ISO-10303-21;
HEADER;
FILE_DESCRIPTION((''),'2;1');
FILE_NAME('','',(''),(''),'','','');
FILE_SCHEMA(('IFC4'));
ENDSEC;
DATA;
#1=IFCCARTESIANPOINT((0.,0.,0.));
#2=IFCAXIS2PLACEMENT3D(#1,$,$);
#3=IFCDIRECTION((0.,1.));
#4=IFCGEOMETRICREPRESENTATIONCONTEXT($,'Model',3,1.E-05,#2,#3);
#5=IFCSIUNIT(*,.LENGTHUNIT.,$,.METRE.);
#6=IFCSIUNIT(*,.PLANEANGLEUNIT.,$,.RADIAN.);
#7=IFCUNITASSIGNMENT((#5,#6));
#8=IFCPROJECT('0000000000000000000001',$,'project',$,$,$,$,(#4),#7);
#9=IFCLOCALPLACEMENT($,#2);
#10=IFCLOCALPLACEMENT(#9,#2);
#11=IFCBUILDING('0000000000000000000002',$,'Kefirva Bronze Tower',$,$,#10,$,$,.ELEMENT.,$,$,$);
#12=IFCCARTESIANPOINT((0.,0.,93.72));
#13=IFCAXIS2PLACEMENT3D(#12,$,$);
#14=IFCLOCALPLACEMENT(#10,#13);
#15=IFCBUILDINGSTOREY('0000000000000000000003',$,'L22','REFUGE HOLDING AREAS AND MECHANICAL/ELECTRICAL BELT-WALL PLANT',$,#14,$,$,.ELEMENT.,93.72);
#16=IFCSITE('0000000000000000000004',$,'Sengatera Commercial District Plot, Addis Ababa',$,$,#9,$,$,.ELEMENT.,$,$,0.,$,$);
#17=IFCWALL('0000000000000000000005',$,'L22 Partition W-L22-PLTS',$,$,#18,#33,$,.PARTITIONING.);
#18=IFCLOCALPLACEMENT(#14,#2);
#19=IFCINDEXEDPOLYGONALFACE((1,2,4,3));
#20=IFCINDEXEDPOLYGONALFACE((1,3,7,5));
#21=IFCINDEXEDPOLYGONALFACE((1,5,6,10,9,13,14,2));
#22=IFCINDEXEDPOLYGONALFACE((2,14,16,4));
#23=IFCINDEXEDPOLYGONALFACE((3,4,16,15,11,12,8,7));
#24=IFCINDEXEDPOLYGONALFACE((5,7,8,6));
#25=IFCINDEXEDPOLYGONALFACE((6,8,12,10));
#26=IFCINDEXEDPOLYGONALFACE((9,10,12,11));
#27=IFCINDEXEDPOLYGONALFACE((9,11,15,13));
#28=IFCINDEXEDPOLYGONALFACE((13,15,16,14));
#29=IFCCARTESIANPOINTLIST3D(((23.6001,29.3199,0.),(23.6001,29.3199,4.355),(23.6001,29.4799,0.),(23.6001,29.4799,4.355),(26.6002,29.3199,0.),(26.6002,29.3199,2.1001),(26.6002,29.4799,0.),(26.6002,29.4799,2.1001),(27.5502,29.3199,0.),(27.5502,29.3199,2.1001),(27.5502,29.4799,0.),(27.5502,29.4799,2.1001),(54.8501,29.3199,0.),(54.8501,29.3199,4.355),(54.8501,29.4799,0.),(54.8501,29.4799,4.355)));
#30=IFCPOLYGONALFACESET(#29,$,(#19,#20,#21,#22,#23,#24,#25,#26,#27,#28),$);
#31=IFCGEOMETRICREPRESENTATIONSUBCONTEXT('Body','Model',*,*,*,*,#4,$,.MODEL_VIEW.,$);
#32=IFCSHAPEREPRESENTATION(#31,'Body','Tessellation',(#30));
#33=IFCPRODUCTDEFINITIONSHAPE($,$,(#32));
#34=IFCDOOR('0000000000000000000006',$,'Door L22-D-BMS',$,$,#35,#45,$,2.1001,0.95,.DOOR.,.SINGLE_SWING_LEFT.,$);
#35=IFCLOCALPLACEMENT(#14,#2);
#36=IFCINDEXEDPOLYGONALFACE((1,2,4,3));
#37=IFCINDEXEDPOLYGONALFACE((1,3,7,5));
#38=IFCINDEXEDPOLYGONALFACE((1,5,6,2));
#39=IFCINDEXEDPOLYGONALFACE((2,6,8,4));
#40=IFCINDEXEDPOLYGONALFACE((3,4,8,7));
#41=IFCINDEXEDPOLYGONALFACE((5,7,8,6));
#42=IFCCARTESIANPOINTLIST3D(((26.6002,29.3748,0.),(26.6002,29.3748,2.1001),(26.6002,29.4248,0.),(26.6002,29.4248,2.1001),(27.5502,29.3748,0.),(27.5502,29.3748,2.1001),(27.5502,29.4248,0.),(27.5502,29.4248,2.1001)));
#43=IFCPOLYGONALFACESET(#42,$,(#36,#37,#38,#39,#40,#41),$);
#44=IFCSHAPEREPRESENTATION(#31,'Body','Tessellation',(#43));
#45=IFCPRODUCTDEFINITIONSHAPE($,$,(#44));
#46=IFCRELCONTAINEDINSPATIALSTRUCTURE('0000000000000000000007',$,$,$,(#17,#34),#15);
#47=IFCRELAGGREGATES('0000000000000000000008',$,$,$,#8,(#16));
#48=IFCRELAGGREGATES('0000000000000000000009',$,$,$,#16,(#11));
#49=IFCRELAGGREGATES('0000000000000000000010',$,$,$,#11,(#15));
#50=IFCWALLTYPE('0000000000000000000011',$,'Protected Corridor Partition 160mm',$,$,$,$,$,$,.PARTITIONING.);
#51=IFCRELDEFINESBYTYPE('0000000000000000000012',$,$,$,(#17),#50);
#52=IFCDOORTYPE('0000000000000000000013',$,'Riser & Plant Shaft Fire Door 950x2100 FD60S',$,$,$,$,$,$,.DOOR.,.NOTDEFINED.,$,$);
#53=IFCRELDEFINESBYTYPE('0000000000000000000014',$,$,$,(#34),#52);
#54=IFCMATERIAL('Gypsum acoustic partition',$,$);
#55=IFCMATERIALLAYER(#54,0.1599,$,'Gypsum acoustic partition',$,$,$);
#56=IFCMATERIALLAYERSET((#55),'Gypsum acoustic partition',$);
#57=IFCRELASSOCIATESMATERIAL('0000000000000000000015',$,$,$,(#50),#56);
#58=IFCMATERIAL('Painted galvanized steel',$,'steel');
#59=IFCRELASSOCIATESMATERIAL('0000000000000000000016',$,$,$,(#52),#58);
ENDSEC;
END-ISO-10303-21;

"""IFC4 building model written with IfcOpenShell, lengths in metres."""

from ifc_helpers import new_model, si_unit, direction, frame, frame_2d, origin, place, context, subcontext, project, spatial, rectangle, extrude, material, layer, layer_set, type_object, element, fill, save


model = new_model("IFC4")

# Units and contexts
model_context = context("Model", 3, precision=1e-05, world=origin(), true_north=direction((0.0, 1.0)))
body_context = subcontext(model_context, "Body", "Model", "MODEL_VIEW")
ifc_project = project(units=[si_unit("LENGTHUNIT", "METRE"), si_unit("PLANEANGLEUNIT", "RADIAN")], contexts=[model_context])

# Site, building, storey
site_placement = place(None, origin())
site = spatial("IfcSite", under=ifc_project, at=site_placement, Name="Sengatera Commercial District Plot, Addis Ababa", CompositionType="ELEMENT", RefElevation=0.0)
building_placement = place(site_placement, origin())
building = spatial("IfcBuilding", under=site, at=building_placement, Name="Kefirva Bronze Tower", CompositionType="ELEMENT")
storey_placement = place(building_placement, frame((0.0, 0.0, 93.72)))
storey = spatial("IfcBuildingStorey", under=building, at=storey_placement, Name="L22", Description="REFUGE HOLDING AREAS AND MECHANICAL/ELECTRICAL BELT-WALL PLANT", CompositionType="ELEMENT", Elevation=93.72)

# Shared definitions
ifc_material_1 = material(Name="Gypsum acoustic partition")
ifc_layer_1 = layer(ifc_material_1, 0.1599, Name="Gypsum acoustic partition")
ifc_layer_set_1 = layer_set([ifc_layer_1], Name="Gypsum acoustic partition")
wall_type = type_object("IfcWallType", Name="Protected Corridor Partition 160mm", PredefinedType="PARTITIONING", material=ifc_layer_set_1)
ifc_material_2 = material(Name="Painted galvanized steel", Category="steel")
door_type = type_object("IfcDoorType", Name="Riser & Plant Shaft Fire Door 950x2100 FD60S", OperationType="NOTDEFINED", PredefinedType="DOOR", material=ifc_material_2)

# Wall, opening, door
wall_1_placement = place(storey_placement, frame((23.6001, 29.3999, 0.0), z_axis=(0.0, 0.0, 1.0), x_axis=(1.0, 0.0, 0.0)))
wall_1 = element("IfcWall", 1, at=wall_1_placement, inside=storey, type_object=wall_type, Name="L22 Partition W-L22-PLTS", PredefinedType="PARTITIONING", context=body_context, shape_type="SweptSolid", body=[
    extrude(rectangle(XDim=31.25, YDim=0.1599, at=frame_2d((15.625, 0.0))), origin(), (0.0, 0.0, 1.0), 4.355),
])
opening_1_placement = place(wall_1_placement, frame((3.0, 0.0, 0.0)))
opening_1 = element("IfcOpeningElement", 2, at=opening_1_placement, cuts=wall_1, PredefinedType="OPENING", context=body_context, shape_type="SweptSolid", body=[
    extrude(rectangle(XDim=0.95, YDim=2.1001, at=frame_2d((0.4751, 1.05))), frame((0.0, 0.0898, 0.0), z_axis=(0.0, -1.0, 0.0), x_axis=(1.0, 0.0, 0.0)), (0.0, 0.0, 1.0), 0.1799),
])
door_1_placement = place(opening_1_placement, origin())
door_1 = element("IfcDoor", 3, at=door_1_placement, inside=storey, type_object=door_type, Name="Door L22-D-BMS", OperationType="SINGLE_SWING_LEFT", OverallHeight=2.1001, OverallWidth=0.95, PredefinedType="DOOR", context=body_context, shape_type="SweptSolid", body=[
    extrude(rectangle(XDim=0.95, YDim=2.1001, at=frame_2d((0.4751, 1.05))), frame((0.0, 0.0249, 0.0), z_axis=(0.0, -1.0, 0.0), x_axis=(1.0, 0.0, 0.0)), (0.0, 0.0, 1.0), 0.05),
])
fill(opening_1, door_1)

save(model, "model.ifc")
